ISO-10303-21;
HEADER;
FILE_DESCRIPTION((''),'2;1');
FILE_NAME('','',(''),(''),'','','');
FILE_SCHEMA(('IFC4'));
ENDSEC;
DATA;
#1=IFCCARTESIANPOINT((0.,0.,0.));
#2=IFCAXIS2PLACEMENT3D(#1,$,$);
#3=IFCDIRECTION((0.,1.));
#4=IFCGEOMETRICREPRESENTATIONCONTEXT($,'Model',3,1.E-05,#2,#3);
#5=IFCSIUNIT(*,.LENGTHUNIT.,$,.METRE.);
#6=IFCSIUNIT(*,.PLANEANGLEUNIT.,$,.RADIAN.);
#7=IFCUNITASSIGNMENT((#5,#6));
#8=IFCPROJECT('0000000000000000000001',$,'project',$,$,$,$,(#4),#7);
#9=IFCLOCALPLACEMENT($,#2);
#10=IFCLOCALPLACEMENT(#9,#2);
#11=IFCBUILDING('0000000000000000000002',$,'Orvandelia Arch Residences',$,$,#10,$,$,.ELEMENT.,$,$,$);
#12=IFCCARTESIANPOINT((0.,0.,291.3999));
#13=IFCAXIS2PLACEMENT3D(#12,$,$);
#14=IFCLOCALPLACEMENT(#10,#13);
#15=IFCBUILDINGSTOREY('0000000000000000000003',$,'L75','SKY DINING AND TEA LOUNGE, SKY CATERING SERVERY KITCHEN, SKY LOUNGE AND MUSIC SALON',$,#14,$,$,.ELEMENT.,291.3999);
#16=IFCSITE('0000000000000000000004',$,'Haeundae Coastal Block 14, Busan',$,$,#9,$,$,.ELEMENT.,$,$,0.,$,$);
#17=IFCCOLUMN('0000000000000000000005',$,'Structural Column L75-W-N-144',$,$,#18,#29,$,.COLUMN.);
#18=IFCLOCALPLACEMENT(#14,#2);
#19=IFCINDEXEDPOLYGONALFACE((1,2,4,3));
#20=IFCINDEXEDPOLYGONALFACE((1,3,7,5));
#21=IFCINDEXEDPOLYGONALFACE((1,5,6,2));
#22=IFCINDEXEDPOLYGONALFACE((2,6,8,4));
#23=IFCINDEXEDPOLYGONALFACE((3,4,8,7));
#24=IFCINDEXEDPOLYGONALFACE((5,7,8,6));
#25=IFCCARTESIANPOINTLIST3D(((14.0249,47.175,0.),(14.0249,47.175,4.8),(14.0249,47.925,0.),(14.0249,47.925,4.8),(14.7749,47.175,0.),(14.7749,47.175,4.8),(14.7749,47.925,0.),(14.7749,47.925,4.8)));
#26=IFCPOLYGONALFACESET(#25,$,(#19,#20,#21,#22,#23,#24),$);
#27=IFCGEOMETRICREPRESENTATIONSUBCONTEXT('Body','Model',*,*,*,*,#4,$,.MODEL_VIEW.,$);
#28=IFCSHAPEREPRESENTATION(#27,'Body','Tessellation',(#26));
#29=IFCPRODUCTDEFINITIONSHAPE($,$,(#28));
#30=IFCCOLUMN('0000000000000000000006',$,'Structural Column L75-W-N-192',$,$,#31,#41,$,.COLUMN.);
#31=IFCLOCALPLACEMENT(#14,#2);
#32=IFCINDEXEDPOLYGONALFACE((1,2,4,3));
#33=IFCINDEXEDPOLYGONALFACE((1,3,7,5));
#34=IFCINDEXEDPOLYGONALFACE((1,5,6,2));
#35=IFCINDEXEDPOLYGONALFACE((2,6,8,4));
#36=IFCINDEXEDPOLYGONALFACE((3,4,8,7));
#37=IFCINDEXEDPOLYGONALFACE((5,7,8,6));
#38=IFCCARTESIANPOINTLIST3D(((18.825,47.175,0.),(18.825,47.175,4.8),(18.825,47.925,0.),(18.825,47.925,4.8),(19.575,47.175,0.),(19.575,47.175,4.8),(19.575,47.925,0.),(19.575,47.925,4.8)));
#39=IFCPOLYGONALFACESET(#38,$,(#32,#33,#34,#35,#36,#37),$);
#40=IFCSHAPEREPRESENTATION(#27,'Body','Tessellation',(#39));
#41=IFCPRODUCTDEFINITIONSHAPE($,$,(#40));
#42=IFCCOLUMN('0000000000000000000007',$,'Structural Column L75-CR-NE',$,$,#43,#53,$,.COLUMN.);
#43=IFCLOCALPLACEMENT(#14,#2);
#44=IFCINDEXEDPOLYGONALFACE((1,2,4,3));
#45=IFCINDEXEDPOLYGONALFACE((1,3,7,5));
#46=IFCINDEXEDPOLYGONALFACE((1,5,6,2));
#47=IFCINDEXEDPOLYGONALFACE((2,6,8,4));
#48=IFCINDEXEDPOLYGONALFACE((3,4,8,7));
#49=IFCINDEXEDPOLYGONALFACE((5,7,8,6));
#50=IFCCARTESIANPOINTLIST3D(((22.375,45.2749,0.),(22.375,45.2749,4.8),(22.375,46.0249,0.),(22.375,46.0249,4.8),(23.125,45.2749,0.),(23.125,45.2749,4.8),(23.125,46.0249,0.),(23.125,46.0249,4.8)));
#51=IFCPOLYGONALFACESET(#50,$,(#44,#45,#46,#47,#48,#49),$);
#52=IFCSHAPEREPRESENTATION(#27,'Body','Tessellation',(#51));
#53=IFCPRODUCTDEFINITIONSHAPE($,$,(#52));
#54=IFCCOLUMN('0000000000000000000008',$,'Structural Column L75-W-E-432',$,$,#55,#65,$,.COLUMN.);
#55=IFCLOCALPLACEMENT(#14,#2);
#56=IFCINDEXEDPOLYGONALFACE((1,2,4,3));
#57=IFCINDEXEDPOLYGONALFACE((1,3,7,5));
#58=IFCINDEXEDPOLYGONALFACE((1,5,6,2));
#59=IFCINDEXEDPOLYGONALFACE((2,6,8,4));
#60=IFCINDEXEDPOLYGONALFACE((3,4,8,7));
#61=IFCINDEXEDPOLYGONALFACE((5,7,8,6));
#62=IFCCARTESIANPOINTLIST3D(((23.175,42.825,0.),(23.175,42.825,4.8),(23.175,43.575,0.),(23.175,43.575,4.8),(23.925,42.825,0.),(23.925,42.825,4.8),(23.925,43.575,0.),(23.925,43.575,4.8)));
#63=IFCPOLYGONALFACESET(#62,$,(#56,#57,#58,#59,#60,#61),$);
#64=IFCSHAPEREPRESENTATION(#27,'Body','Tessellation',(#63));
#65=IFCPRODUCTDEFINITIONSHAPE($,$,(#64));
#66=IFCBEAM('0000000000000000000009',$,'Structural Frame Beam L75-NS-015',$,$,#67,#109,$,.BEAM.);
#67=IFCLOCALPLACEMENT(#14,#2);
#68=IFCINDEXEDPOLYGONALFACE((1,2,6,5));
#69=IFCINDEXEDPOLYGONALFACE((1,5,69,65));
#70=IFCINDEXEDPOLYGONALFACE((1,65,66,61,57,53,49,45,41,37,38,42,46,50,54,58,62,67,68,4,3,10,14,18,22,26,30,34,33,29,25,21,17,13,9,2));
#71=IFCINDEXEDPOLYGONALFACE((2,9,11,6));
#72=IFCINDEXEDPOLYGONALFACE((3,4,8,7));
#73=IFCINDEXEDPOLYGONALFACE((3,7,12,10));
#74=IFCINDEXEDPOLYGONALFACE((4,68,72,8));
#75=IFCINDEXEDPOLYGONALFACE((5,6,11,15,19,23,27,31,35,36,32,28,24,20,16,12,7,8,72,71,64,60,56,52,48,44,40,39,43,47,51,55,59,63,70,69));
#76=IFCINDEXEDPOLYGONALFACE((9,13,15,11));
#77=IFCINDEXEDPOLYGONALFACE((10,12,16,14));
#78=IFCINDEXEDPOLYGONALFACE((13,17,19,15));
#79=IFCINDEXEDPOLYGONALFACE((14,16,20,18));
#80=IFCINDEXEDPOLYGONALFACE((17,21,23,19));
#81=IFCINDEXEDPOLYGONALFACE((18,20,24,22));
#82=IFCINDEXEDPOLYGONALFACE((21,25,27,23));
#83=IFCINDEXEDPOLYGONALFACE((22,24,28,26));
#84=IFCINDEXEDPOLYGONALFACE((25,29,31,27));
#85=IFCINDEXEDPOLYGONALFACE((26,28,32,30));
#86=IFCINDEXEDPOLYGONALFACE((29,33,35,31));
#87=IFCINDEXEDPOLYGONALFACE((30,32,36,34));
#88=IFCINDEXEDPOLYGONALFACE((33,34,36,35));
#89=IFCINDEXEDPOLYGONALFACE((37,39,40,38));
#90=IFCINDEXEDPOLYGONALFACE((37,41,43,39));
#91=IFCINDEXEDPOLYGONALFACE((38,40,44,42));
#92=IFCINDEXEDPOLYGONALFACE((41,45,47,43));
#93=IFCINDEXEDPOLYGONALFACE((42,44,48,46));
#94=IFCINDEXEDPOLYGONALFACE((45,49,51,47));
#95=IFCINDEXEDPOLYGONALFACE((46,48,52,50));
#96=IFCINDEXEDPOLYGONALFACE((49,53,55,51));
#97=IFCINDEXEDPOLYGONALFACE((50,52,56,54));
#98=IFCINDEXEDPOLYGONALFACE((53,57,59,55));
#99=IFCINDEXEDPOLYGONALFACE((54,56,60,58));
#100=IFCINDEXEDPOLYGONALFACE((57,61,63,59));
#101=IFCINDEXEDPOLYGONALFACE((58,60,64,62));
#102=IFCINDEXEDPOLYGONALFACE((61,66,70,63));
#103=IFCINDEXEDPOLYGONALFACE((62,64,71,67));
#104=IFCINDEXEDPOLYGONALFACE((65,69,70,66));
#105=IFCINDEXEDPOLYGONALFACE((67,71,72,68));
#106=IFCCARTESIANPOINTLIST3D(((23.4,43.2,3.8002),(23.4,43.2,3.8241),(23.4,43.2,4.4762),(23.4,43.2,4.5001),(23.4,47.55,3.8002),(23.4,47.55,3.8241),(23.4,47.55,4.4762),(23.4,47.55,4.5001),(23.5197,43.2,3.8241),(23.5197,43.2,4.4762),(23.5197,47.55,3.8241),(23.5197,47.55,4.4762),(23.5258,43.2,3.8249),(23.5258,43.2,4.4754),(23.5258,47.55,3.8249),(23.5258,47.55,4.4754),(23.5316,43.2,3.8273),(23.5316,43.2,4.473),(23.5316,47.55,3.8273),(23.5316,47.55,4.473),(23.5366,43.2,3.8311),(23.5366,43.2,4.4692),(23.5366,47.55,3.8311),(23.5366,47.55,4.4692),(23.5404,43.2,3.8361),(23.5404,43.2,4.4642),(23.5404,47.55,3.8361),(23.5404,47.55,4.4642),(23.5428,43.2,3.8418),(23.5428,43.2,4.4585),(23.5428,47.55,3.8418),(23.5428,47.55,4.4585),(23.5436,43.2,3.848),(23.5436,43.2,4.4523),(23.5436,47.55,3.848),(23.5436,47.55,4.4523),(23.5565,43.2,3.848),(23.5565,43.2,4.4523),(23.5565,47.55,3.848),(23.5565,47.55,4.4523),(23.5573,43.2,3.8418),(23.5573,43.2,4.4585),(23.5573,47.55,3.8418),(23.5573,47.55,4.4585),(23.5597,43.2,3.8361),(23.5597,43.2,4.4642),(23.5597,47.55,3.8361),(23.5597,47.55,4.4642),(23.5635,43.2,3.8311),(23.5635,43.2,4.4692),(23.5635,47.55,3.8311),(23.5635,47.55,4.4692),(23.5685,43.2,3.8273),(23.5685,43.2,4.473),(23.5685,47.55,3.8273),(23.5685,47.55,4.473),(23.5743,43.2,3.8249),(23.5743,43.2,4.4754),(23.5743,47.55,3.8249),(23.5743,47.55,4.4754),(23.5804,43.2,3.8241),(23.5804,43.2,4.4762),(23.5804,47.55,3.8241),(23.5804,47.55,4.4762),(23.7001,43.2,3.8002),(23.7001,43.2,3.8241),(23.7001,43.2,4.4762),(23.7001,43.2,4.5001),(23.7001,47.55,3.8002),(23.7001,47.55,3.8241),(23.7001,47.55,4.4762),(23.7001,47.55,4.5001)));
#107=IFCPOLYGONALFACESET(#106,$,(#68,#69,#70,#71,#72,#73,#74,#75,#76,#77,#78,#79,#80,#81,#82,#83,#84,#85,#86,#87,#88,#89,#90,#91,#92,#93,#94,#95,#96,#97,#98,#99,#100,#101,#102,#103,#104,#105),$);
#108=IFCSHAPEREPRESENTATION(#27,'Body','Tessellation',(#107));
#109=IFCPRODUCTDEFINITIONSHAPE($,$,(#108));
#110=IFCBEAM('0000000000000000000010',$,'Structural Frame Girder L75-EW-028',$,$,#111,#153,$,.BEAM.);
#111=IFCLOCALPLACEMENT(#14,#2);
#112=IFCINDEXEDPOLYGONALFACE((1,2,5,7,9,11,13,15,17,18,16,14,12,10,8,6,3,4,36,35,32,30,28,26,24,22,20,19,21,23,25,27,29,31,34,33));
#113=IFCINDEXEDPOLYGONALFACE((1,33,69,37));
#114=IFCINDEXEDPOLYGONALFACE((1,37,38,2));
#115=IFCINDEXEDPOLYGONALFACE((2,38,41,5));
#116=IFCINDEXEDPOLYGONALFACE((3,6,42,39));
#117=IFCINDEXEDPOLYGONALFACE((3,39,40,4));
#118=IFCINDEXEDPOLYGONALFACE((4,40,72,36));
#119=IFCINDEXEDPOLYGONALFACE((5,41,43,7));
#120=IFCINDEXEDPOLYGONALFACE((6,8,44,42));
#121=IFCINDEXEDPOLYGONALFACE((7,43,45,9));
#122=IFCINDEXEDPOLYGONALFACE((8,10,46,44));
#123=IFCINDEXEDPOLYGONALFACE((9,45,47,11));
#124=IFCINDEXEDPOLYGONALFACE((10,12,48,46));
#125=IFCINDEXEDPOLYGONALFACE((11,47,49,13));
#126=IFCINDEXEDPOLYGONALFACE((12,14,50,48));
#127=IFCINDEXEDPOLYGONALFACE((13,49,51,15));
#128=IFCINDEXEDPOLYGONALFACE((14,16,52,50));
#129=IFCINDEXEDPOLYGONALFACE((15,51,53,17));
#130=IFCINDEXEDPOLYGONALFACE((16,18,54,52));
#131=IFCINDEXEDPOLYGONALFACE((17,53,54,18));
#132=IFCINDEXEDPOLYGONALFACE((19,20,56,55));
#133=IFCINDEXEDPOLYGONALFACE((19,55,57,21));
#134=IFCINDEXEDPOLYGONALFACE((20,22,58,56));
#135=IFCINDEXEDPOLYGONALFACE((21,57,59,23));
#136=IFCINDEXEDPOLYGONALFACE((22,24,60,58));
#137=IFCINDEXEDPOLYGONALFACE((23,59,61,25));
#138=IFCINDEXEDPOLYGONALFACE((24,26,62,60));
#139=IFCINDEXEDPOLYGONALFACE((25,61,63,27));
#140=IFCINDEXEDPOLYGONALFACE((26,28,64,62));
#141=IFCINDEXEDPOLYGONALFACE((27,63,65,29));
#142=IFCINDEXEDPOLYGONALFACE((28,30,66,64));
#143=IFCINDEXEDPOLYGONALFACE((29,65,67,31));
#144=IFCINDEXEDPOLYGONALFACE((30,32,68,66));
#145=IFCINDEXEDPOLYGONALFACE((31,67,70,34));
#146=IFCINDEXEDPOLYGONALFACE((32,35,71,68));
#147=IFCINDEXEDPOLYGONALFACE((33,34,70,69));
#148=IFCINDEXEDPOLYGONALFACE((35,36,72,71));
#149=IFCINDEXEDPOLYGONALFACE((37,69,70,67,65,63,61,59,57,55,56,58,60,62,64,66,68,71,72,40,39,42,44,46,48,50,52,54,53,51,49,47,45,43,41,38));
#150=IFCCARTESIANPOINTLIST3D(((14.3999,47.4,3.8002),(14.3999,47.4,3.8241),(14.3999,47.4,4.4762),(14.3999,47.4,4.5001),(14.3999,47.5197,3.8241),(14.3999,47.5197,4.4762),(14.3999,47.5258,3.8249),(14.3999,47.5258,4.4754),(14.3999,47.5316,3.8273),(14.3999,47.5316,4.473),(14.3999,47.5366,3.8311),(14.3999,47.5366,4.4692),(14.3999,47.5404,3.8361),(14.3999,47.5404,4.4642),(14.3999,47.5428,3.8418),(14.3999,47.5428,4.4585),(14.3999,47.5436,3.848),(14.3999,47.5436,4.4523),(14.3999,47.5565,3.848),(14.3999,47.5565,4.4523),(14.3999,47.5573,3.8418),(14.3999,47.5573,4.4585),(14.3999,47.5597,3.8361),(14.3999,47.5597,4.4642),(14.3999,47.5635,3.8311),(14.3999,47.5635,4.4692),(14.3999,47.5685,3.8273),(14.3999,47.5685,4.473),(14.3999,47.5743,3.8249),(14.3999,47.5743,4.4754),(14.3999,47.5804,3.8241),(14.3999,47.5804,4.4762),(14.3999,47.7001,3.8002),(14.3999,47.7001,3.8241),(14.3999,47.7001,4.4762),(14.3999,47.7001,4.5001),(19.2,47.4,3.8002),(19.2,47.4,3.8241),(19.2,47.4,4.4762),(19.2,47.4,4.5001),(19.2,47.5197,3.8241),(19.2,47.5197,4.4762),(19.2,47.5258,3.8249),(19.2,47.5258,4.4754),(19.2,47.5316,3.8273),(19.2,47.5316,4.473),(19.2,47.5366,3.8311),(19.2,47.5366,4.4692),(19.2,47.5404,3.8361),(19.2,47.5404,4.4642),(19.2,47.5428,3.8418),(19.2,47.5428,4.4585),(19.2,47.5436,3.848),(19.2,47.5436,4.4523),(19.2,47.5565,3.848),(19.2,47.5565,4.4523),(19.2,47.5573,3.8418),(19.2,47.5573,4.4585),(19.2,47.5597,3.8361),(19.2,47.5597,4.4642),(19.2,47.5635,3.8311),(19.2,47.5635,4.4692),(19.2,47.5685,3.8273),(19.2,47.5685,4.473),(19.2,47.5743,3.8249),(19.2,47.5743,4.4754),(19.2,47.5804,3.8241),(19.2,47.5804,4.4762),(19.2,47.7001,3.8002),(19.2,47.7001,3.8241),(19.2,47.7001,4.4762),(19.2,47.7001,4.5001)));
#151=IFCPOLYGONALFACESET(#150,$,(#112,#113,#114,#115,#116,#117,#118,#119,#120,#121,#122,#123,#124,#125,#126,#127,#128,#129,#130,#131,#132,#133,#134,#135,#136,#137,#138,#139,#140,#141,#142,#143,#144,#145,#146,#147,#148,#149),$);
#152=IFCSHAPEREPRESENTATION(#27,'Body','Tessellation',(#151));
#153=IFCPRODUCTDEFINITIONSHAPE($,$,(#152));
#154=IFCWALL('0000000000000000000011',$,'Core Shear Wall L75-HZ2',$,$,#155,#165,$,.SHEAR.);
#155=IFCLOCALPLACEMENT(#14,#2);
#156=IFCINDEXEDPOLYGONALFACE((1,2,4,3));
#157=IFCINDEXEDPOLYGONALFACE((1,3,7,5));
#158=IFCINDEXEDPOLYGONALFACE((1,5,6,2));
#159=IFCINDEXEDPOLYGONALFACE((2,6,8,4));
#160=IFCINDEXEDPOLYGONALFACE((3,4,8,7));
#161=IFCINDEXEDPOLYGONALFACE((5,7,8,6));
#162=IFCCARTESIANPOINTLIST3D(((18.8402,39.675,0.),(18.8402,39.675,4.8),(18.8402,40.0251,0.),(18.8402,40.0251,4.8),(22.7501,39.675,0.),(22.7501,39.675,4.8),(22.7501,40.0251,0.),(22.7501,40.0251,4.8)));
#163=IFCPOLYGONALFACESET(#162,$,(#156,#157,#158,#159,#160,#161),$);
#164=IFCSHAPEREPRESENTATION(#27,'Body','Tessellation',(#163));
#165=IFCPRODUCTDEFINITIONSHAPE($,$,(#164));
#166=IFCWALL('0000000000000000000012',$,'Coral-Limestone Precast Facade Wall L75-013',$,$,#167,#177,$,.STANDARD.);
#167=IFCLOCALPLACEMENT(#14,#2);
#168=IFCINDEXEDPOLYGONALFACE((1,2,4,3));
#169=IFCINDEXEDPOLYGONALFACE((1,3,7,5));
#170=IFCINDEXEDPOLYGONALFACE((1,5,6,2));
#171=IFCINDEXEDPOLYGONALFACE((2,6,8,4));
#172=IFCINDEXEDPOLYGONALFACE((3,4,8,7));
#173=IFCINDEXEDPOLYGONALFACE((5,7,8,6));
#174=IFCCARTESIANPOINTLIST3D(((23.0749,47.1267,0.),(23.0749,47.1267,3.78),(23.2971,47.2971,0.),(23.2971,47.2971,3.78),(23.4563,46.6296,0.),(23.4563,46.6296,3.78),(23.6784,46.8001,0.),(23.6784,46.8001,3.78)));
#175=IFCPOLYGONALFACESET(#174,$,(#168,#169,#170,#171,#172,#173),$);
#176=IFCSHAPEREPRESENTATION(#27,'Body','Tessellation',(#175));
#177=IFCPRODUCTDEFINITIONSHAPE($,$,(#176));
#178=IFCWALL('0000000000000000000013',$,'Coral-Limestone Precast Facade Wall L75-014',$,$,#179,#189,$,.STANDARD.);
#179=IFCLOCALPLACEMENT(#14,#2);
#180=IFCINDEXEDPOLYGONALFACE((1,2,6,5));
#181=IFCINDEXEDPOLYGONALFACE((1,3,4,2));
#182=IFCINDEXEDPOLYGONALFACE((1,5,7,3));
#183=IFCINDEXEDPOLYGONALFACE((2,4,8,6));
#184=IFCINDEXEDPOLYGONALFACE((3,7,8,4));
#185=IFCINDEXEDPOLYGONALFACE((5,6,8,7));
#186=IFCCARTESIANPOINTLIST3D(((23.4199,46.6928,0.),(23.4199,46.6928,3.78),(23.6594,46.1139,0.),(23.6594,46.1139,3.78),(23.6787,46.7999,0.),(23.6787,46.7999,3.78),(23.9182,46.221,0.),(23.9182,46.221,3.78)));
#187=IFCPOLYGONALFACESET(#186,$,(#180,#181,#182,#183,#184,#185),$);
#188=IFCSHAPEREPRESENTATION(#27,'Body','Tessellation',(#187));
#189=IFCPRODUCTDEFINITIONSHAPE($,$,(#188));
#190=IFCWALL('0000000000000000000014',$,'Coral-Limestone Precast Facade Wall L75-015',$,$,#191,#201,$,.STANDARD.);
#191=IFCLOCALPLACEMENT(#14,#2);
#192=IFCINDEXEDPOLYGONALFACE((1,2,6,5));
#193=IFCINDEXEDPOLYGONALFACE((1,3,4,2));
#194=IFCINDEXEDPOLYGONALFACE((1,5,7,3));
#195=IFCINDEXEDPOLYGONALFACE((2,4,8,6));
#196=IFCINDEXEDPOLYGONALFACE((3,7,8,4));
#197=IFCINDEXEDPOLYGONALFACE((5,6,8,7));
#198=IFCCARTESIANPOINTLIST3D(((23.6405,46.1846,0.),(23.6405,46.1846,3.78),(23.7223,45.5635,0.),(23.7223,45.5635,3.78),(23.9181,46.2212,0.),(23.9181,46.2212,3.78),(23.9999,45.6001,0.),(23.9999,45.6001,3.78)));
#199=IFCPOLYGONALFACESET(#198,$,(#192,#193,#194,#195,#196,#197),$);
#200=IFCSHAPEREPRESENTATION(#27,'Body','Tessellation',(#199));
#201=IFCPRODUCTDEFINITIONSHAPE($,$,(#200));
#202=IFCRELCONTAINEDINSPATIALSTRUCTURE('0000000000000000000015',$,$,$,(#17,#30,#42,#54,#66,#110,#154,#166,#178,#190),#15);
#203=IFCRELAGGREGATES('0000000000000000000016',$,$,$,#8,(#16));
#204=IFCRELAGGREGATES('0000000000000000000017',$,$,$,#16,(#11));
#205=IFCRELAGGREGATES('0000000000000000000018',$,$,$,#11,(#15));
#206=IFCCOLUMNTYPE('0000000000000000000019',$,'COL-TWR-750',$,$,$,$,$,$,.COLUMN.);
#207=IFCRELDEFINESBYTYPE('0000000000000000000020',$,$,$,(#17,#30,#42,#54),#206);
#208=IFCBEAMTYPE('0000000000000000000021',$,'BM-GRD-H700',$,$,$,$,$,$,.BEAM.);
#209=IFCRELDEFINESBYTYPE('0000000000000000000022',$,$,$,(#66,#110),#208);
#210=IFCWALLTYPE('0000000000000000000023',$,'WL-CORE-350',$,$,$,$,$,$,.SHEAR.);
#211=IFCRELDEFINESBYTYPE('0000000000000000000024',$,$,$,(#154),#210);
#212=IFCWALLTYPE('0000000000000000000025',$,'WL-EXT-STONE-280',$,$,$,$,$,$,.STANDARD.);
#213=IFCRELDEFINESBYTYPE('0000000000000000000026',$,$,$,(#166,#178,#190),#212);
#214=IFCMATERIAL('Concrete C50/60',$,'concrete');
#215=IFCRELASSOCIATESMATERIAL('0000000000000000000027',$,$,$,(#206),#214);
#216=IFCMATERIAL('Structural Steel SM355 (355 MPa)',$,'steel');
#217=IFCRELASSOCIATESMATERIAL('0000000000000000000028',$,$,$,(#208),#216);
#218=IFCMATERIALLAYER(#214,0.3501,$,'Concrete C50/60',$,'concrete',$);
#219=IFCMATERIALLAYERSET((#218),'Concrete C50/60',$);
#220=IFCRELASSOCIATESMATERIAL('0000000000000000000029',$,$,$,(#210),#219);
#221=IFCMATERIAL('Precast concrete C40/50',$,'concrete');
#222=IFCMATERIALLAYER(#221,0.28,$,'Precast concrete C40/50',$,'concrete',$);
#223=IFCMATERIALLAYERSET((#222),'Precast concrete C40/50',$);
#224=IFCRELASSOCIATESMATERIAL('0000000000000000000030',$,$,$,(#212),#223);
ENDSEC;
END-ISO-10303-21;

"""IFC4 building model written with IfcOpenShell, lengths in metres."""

from ifc_helpers import new_model, si_unit, direction, frame, frame_2d, origin, origin_2d, place, context, subcontext, project, spatial, rectangle, i_section, extrude, material, layer, layer_set, material_profile, profile_set, type_object, element, save


model = new_model("IFC4")

# Units and contexts
model_context = context("Model", 3, precision=1e-05, world=origin(), true_north=direction((0.0, 1.0)))
body_context = subcontext(model_context, "Body", "Model", "MODEL_VIEW")
ifc_project = project(units=[si_unit("LENGTHUNIT", "METRE"), si_unit("PLANEANGLEUNIT", "RADIAN")], contexts=[model_context])

# Site, building, storey
site_placement = place(None, origin())
site = spatial("IfcSite", under=ifc_project, at=site_placement, Name="Haeundae Coastal Block 14, Busan", CompositionType="ELEMENT", RefElevation=0.0)
building_placement = place(site_placement, origin())
building = spatial("IfcBuilding", under=site, at=building_placement, Name="Orvandelia Arch Residences", CompositionType="ELEMENT")
storey_placement = place(building_placement, frame((0.0, 0.0, 291.3999)))
storey = spatial("IfcBuildingStorey", under=building, at=storey_placement, Name="L75", Description="SKY DINING AND TEA LOUNGE, SKY CATERING SERVERY KITCHEN, SKY LOUNGE AND MUSIC SALON", CompositionType="ELEMENT", Elevation=291.3999)

# Columns
ifc_material_1 = material(Name="Concrete C50/60", Category="concrete")
ifc_material_profile_1 = material_profile(ifc_material_1, rectangle(XDim=0.75, YDim=0.75, at=origin_2d()), Name="Concrete C50/60", Category="concrete")
ifc_profile_set_1 = profile_set([ifc_material_profile_1], Name="Concrete C50/60")
column_type = type_object("IfcColumnType", Name="COL-TWR-750", PredefinedType="COLUMN", material=ifc_profile_set_1)
for number, where, z_axis, x_axis, name in (
    (1, (14.3999, 47.55, 0.0), (0.0, 0.0, 1.0), (1.0, 0.0, 0.0), "Structural Column L75-W-N-144"),
    (2, (19.2, 47.55, 0.0), (0.0, 0.0, 1.0), (1.0, 0.0, 0.0), "Structural Column L75-W-N-192"),
    (3, (22.75, 45.6499, 0.0), (0.0, 0.0, 1.0), (1.0, 0.0, 0.0), "Structural Column L75-CR-NE"),
    (4, (23.55, 43.2, 0.0), (0.0, 0.0, 1.0), (1.0, 0.0, 0.0), "Structural Column L75-W-E-432"),
):
    element("IfcColumn", number, at=place(storey_placement, frame(where, z_axis=z_axis, x_axis=x_axis)), inside=storey, type_object=column_type, Name=name, PredefinedType="COLUMN", context=body_context, shape_type="SweptSolid", body=[
        extrude(rectangle(XDim=0.75, YDim=0.75, at=origin_2d()), origin(), (0.0, 0.0, 1.0), 4.8),
    ])

# Beams
ifc_material_2 = material(Name="Structural Steel SM355 (355 MPa)", Category="steel")
ifc_material_profile_2 = material_profile(ifc_material_2, i_section(OverallWidth=0.3, OverallDepth=0.7, WebThickness=0.0129, FlangeThickness=0.0239, FilletRadius=0.0239, at=origin_2d()), Name="Structural Steel SM355 (355 MPa)", Category="steel")
ifc_profile_set_2 = profile_set([ifc_material_profile_2], Name="Structural Steel SM355 (355 MPa)")
beam_type = type_object("IfcBeamType", Name="BM-GRD-H700", PredefinedType="BEAM", material=ifc_profile_set_2)
beam_1_placement = place(storey_placement, frame((23.55, 43.2, 4.1501), z_axis=(0.0, 1.0, 0.0), x_axis=(-1.0, 0.0, 0.0)))
element("IfcBeam", 5, at=beam_1_placement, inside=storey, type_object=beam_type, Name="Structural Frame Beam L75-NS-015", PredefinedType="BEAM", context=body_context, shape_type="SweptSolid", body=[
    extrude(i_section(OverallWidth=0.3, OverallDepth=0.7, WebThickness=0.0129, FlangeThickness=0.0239, FilletRadius=0.0239, at=origin_2d()), origin(), (0.0, 0.0, 1.0), 4.3501),
])
beam_2_placement = place(storey_placement, frame((14.3999, 47.55, 4.1501), z_axis=(1.0, 0.0, 0.0), x_axis=(0.0, 1.0, 0.0)))
element("IfcBeam", 6, at=beam_2_placement, inside=storey, type_object=beam_type, Name="Structural Frame Girder L75-EW-028", PredefinedType="BEAM", context=body_context, shape_type="SweptSolid", body=[
    extrude(i_section(OverallWidth=0.3, OverallDepth=0.7, WebThickness=0.0129, FlangeThickness=0.0239, FilletRadius=0.0239, at=origin_2d()), origin(), (0.0, 0.0, 1.0), 4.8),
])

# Wall
ifc_layer_1 = layer(ifc_material_1, 0.3501, Name="Concrete C50/60", Category="concrete")
ifc_layer_set_1 = layer_set([ifc_layer_1], Name="Concrete C50/60")
wall_type_1 = type_object("IfcWallType", Name="WL-CORE-350", PredefinedType="SHEAR", material=ifc_layer_set_1)
wall_1_placement = place(storey_placement, frame((18.8401, 39.8501, 0.0), z_axis=(0.0, 0.0, 1.0), x_axis=(1.0, 0.0, 0.0)))
element("IfcWall", 7, at=wall_1_placement, inside=storey, type_object=wall_type_1, Name="Core Shear Wall L75-HZ2", PredefinedType="SHEAR", context=body_context, shape_type="SweptSolid", body=[
    extrude(rectangle(XDim=3.9099, YDim=0.3501, at=frame_2d((1.9551, 0.0))), origin(), (0.0, 0.0, 1.0), 4.8),
])

# Walls
ifc_material_3 = material(Name="Precast concrete C40/50", Category="concrete")
ifc_layer_2 = layer(ifc_material_3, 0.28, Name="Precast concrete C40/50", Category="concrete")
ifc_layer_set_2 = layer_set([ifc_layer_2], Name="Precast concrete C40/50")
wall_type_2 = type_object("IfcWallType", Name="WL-EXT-STONE-280", PredefinedType="STANDARD", material=ifc_layer_set_2)
for number, where, z_axis, x_axis, name in (
    (8, (23.186, 47.2119, 0.0), (0.0, 0.0, 1.0), (0.608693, -0.793406, 0.0), "Coral-Limestone Precast Facade Wall L75-013"),
    (9, (23.5493, 46.7463, 0.0), (0.0, 0.0, 1.0), (0.382317, -0.924031, 0.0), "Coral-Limestone Precast Facade Wall L75-014"),
    (10, (23.7793, 46.2029, 0.0), (0.0, 0.0, 1.0), (0.130555, -0.991441, 0.0), "Coral-Limestone Precast Facade Wall L75-015"),
):
    element("IfcWall", number, at=place(storey_placement, frame(where, z_axis=z_axis, x_axis=x_axis)), inside=storey, type_object=wall_type_2, Name=name, PredefinedType="STANDARD", context=body_context, shape_type="SweptSolid", body=[
        extrude(rectangle(XDim=0.6265, YDim=0.28, at=frame_2d((0.3132, 0.0))), origin(), (0.0, 0.0, 1.0), 3.78),
    ])

save(model, "model.ifc")
